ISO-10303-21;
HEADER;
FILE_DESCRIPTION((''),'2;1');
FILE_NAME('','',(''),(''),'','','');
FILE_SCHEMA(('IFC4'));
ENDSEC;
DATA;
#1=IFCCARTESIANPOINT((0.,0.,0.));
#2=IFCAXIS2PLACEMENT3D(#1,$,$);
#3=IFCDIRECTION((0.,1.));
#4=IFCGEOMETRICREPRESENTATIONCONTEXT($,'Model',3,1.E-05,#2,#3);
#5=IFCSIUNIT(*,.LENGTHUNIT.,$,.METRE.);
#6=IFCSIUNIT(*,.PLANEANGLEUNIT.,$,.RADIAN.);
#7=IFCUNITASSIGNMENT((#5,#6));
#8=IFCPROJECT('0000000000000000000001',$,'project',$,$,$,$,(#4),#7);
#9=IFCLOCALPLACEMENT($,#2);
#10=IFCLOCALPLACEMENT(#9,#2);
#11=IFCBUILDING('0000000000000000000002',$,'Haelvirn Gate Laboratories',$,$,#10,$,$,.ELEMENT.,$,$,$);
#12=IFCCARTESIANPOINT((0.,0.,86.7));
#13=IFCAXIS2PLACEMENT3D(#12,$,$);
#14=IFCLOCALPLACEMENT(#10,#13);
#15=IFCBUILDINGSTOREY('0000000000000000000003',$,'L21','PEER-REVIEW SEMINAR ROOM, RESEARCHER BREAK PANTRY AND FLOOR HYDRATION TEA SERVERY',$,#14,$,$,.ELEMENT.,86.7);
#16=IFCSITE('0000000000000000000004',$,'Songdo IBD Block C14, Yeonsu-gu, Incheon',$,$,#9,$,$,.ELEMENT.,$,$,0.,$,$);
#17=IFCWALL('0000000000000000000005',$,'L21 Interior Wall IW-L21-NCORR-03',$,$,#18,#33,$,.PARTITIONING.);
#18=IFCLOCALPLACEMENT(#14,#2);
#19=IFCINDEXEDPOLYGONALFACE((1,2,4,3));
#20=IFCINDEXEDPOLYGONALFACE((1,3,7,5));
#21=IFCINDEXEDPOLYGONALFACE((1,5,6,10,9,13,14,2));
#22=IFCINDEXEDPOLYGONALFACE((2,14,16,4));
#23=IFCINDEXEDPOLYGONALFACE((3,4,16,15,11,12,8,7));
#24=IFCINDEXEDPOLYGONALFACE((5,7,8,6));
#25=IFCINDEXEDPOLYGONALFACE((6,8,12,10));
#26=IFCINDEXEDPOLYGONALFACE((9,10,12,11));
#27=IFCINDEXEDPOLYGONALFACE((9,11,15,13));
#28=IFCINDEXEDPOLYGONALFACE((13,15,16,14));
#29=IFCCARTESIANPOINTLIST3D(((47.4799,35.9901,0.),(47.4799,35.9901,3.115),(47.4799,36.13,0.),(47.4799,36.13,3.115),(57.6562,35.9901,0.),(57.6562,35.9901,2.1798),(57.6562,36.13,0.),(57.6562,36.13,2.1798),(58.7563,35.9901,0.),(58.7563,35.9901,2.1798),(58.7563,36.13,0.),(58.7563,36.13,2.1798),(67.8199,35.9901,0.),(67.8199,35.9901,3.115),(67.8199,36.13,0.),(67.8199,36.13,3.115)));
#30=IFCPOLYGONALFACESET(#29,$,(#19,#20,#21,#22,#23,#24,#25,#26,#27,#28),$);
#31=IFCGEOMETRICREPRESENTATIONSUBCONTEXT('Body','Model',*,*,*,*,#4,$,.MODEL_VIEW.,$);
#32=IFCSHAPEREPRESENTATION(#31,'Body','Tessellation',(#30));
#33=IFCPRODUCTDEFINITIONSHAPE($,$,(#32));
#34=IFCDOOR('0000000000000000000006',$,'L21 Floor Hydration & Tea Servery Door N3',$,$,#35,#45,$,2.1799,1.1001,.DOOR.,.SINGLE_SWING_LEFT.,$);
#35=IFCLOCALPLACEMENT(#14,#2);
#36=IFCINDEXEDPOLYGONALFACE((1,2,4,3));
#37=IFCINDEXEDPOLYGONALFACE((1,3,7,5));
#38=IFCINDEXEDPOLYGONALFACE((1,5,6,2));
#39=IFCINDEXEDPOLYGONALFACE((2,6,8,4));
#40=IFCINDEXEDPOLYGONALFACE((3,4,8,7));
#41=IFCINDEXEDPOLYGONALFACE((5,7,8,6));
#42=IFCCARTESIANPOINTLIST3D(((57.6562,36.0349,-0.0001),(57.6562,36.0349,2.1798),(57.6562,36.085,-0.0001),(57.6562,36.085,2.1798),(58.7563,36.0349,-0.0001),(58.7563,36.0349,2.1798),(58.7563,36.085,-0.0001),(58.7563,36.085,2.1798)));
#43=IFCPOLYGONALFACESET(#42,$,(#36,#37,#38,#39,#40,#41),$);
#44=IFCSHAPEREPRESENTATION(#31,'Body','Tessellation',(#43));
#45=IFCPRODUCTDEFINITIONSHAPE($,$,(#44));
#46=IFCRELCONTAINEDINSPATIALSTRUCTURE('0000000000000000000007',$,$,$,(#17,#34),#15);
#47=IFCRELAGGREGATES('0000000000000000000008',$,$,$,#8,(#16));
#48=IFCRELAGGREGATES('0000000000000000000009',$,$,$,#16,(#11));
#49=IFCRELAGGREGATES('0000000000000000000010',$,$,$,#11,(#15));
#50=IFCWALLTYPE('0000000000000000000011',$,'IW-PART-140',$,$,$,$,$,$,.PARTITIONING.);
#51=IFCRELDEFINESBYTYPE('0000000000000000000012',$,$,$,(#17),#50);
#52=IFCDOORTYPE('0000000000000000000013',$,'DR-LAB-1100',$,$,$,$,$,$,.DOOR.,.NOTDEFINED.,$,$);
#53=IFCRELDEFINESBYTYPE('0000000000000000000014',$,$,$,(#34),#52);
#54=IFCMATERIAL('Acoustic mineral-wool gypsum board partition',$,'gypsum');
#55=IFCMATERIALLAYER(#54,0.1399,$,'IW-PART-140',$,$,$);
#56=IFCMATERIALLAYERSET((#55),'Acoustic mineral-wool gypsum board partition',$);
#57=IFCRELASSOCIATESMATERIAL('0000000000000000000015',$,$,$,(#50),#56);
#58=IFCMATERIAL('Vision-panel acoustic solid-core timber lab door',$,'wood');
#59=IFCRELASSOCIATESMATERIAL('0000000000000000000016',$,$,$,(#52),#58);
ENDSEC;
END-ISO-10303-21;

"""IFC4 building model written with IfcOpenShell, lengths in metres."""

from ifc_helpers import new_model, si_unit, direction, frame, frame_2d, origin, place, context, subcontext, project, spatial, rectangle, extrude, source, transform, mapped, material, layer, layer_set, type_object, type_shapes, element, fill, save


model = new_model("IFC4")

# Units and contexts
model_context = context("Model", 3, precision=1e-05, world=origin(), true_north=direction((0.0, 1.0)))
body_context = subcontext(model_context, "Body", "Model", "MODEL_VIEW")
ifc_project = project(units=[si_unit("LENGTHUNIT", "METRE"), si_unit("PLANEANGLEUNIT", "RADIAN")], contexts=[model_context])

# Site, building, storey
site_placement = place(None, origin())
site = spatial("IfcSite", under=ifc_project, at=site_placement, Name="Songdo IBD Block C14, Yeonsu-gu, Incheon", CompositionType="ELEMENT", RefElevation=0.0)
building_placement = place(site_placement, origin())
building = spatial("IfcBuilding", under=site, at=building_placement, Name="Haelvirn Gate Laboratories", CompositionType="ELEMENT")
storey_placement = place(building_placement, frame((0.0, 0.0, 86.7)))
storey = spatial("IfcBuildingStorey", under=building, at=storey_placement, Name="L21", Description="PEER-REVIEW SEMINAR ROOM, RESEARCHER BREAK PANTRY AND FLOOR HYDRATION TEA SERVERY", CompositionType="ELEMENT", Elevation=86.7)

# Wall, opening, door
ifc_material_1 = material(Name="Acoustic mineral-wool gypsum board partition", Category="gypsum")
ifc_layer_1 = layer(ifc_material_1, 0.1399, Name="IW-PART-140")
ifc_layer_set_1 = layer_set([ifc_layer_1], Name="Acoustic mineral-wool gypsum board partition")
wall_type_1 = type_object("IfcWallType", Name="IW-PART-140", PredefinedType="PARTITIONING", material=ifc_layer_set_1)
wall_1_placement = place(storey_placement, frame((47.48, 36.0601, 0.0), z_axis=(0.0, 0.0, 1.0), x_axis=(1.0, 0.0, 0.0)))
wall_1 = element("IfcWall", 1, at=wall_1_placement, inside=storey, type_object=wall_type_1, Name="L21 Interior Wall IW-L21-NCORR-03", PredefinedType="PARTITIONING", context=body_context, shape_type="SweptSolid", body=[
    extrude(rectangle(XDim=20.3401, YDim=0.1399, at=frame_2d((10.1699, 0.0))), origin(), (0.0, 0.0, 1.0), 3.115),
])
opening_1_placement = place(wall_1_placement, frame((10.1763, 0.0, 0.0)))
opening_1 = element("IfcOpeningElement", 2, at=opening_1_placement, cuts=wall_1, PredefinedType="OPENING", context=body_context, shape_type="SweptSolid", body=[
    extrude(rectangle(XDim=1.1001, YDim=2.1799, at=frame_2d((0.55, 1.0898))), frame((0.0, 0.0801, 0.0), z_axis=(0.0, -1.0, 0.0), x_axis=(1.0, 0.0, 0.0)), (0.0, 0.0, 1.0), 0.1599),
])
ifc_material_2 = material(Name="Vision-panel acoustic solid-core timber lab door", Category="wood")
door_type_1 = type_object("IfcDoorType", Name="DR-LAB-1100", OperationType="NOTDEFINED", PredefinedType="DOOR", material=ifc_material_2)
shared_shape_1 = source(origin(), body_context, "Body", "SweptSolid", [
    extrude(rectangle(XDim=1.1001, YDim=2.1799, at=frame_2d((0.55, 1.0898))), frame((0.0, 0.0249, 0.0), z_axis=(0.0, -1.0, 0.0), x_axis=(1.0, 0.0, 0.0)), (0.0, 0.0, 1.0), 0.05),
])
type_shapes(door_type_1, [shared_shape_1])
door_1_placement = place(opening_1_placement, origin())
door_1 = element("IfcDoor", 3, at=door_1_placement, inside=storey, type_object=door_type_1, Name="L21 Floor Hydration & Tea Servery Door N3", OperationType="SINGLE_SWING_LEFT", OverallHeight=2.1799, OverallWidth=1.1001, PredefinedType="DOOR", context=body_context, shape_type="MappedRepresentation", body=[
    mapped(shared_shape_1, transform((0.0, 0.0, 0.0), scale=1.0)),
])
fill(opening_1, door_1)

save(model, "model.ifc")
